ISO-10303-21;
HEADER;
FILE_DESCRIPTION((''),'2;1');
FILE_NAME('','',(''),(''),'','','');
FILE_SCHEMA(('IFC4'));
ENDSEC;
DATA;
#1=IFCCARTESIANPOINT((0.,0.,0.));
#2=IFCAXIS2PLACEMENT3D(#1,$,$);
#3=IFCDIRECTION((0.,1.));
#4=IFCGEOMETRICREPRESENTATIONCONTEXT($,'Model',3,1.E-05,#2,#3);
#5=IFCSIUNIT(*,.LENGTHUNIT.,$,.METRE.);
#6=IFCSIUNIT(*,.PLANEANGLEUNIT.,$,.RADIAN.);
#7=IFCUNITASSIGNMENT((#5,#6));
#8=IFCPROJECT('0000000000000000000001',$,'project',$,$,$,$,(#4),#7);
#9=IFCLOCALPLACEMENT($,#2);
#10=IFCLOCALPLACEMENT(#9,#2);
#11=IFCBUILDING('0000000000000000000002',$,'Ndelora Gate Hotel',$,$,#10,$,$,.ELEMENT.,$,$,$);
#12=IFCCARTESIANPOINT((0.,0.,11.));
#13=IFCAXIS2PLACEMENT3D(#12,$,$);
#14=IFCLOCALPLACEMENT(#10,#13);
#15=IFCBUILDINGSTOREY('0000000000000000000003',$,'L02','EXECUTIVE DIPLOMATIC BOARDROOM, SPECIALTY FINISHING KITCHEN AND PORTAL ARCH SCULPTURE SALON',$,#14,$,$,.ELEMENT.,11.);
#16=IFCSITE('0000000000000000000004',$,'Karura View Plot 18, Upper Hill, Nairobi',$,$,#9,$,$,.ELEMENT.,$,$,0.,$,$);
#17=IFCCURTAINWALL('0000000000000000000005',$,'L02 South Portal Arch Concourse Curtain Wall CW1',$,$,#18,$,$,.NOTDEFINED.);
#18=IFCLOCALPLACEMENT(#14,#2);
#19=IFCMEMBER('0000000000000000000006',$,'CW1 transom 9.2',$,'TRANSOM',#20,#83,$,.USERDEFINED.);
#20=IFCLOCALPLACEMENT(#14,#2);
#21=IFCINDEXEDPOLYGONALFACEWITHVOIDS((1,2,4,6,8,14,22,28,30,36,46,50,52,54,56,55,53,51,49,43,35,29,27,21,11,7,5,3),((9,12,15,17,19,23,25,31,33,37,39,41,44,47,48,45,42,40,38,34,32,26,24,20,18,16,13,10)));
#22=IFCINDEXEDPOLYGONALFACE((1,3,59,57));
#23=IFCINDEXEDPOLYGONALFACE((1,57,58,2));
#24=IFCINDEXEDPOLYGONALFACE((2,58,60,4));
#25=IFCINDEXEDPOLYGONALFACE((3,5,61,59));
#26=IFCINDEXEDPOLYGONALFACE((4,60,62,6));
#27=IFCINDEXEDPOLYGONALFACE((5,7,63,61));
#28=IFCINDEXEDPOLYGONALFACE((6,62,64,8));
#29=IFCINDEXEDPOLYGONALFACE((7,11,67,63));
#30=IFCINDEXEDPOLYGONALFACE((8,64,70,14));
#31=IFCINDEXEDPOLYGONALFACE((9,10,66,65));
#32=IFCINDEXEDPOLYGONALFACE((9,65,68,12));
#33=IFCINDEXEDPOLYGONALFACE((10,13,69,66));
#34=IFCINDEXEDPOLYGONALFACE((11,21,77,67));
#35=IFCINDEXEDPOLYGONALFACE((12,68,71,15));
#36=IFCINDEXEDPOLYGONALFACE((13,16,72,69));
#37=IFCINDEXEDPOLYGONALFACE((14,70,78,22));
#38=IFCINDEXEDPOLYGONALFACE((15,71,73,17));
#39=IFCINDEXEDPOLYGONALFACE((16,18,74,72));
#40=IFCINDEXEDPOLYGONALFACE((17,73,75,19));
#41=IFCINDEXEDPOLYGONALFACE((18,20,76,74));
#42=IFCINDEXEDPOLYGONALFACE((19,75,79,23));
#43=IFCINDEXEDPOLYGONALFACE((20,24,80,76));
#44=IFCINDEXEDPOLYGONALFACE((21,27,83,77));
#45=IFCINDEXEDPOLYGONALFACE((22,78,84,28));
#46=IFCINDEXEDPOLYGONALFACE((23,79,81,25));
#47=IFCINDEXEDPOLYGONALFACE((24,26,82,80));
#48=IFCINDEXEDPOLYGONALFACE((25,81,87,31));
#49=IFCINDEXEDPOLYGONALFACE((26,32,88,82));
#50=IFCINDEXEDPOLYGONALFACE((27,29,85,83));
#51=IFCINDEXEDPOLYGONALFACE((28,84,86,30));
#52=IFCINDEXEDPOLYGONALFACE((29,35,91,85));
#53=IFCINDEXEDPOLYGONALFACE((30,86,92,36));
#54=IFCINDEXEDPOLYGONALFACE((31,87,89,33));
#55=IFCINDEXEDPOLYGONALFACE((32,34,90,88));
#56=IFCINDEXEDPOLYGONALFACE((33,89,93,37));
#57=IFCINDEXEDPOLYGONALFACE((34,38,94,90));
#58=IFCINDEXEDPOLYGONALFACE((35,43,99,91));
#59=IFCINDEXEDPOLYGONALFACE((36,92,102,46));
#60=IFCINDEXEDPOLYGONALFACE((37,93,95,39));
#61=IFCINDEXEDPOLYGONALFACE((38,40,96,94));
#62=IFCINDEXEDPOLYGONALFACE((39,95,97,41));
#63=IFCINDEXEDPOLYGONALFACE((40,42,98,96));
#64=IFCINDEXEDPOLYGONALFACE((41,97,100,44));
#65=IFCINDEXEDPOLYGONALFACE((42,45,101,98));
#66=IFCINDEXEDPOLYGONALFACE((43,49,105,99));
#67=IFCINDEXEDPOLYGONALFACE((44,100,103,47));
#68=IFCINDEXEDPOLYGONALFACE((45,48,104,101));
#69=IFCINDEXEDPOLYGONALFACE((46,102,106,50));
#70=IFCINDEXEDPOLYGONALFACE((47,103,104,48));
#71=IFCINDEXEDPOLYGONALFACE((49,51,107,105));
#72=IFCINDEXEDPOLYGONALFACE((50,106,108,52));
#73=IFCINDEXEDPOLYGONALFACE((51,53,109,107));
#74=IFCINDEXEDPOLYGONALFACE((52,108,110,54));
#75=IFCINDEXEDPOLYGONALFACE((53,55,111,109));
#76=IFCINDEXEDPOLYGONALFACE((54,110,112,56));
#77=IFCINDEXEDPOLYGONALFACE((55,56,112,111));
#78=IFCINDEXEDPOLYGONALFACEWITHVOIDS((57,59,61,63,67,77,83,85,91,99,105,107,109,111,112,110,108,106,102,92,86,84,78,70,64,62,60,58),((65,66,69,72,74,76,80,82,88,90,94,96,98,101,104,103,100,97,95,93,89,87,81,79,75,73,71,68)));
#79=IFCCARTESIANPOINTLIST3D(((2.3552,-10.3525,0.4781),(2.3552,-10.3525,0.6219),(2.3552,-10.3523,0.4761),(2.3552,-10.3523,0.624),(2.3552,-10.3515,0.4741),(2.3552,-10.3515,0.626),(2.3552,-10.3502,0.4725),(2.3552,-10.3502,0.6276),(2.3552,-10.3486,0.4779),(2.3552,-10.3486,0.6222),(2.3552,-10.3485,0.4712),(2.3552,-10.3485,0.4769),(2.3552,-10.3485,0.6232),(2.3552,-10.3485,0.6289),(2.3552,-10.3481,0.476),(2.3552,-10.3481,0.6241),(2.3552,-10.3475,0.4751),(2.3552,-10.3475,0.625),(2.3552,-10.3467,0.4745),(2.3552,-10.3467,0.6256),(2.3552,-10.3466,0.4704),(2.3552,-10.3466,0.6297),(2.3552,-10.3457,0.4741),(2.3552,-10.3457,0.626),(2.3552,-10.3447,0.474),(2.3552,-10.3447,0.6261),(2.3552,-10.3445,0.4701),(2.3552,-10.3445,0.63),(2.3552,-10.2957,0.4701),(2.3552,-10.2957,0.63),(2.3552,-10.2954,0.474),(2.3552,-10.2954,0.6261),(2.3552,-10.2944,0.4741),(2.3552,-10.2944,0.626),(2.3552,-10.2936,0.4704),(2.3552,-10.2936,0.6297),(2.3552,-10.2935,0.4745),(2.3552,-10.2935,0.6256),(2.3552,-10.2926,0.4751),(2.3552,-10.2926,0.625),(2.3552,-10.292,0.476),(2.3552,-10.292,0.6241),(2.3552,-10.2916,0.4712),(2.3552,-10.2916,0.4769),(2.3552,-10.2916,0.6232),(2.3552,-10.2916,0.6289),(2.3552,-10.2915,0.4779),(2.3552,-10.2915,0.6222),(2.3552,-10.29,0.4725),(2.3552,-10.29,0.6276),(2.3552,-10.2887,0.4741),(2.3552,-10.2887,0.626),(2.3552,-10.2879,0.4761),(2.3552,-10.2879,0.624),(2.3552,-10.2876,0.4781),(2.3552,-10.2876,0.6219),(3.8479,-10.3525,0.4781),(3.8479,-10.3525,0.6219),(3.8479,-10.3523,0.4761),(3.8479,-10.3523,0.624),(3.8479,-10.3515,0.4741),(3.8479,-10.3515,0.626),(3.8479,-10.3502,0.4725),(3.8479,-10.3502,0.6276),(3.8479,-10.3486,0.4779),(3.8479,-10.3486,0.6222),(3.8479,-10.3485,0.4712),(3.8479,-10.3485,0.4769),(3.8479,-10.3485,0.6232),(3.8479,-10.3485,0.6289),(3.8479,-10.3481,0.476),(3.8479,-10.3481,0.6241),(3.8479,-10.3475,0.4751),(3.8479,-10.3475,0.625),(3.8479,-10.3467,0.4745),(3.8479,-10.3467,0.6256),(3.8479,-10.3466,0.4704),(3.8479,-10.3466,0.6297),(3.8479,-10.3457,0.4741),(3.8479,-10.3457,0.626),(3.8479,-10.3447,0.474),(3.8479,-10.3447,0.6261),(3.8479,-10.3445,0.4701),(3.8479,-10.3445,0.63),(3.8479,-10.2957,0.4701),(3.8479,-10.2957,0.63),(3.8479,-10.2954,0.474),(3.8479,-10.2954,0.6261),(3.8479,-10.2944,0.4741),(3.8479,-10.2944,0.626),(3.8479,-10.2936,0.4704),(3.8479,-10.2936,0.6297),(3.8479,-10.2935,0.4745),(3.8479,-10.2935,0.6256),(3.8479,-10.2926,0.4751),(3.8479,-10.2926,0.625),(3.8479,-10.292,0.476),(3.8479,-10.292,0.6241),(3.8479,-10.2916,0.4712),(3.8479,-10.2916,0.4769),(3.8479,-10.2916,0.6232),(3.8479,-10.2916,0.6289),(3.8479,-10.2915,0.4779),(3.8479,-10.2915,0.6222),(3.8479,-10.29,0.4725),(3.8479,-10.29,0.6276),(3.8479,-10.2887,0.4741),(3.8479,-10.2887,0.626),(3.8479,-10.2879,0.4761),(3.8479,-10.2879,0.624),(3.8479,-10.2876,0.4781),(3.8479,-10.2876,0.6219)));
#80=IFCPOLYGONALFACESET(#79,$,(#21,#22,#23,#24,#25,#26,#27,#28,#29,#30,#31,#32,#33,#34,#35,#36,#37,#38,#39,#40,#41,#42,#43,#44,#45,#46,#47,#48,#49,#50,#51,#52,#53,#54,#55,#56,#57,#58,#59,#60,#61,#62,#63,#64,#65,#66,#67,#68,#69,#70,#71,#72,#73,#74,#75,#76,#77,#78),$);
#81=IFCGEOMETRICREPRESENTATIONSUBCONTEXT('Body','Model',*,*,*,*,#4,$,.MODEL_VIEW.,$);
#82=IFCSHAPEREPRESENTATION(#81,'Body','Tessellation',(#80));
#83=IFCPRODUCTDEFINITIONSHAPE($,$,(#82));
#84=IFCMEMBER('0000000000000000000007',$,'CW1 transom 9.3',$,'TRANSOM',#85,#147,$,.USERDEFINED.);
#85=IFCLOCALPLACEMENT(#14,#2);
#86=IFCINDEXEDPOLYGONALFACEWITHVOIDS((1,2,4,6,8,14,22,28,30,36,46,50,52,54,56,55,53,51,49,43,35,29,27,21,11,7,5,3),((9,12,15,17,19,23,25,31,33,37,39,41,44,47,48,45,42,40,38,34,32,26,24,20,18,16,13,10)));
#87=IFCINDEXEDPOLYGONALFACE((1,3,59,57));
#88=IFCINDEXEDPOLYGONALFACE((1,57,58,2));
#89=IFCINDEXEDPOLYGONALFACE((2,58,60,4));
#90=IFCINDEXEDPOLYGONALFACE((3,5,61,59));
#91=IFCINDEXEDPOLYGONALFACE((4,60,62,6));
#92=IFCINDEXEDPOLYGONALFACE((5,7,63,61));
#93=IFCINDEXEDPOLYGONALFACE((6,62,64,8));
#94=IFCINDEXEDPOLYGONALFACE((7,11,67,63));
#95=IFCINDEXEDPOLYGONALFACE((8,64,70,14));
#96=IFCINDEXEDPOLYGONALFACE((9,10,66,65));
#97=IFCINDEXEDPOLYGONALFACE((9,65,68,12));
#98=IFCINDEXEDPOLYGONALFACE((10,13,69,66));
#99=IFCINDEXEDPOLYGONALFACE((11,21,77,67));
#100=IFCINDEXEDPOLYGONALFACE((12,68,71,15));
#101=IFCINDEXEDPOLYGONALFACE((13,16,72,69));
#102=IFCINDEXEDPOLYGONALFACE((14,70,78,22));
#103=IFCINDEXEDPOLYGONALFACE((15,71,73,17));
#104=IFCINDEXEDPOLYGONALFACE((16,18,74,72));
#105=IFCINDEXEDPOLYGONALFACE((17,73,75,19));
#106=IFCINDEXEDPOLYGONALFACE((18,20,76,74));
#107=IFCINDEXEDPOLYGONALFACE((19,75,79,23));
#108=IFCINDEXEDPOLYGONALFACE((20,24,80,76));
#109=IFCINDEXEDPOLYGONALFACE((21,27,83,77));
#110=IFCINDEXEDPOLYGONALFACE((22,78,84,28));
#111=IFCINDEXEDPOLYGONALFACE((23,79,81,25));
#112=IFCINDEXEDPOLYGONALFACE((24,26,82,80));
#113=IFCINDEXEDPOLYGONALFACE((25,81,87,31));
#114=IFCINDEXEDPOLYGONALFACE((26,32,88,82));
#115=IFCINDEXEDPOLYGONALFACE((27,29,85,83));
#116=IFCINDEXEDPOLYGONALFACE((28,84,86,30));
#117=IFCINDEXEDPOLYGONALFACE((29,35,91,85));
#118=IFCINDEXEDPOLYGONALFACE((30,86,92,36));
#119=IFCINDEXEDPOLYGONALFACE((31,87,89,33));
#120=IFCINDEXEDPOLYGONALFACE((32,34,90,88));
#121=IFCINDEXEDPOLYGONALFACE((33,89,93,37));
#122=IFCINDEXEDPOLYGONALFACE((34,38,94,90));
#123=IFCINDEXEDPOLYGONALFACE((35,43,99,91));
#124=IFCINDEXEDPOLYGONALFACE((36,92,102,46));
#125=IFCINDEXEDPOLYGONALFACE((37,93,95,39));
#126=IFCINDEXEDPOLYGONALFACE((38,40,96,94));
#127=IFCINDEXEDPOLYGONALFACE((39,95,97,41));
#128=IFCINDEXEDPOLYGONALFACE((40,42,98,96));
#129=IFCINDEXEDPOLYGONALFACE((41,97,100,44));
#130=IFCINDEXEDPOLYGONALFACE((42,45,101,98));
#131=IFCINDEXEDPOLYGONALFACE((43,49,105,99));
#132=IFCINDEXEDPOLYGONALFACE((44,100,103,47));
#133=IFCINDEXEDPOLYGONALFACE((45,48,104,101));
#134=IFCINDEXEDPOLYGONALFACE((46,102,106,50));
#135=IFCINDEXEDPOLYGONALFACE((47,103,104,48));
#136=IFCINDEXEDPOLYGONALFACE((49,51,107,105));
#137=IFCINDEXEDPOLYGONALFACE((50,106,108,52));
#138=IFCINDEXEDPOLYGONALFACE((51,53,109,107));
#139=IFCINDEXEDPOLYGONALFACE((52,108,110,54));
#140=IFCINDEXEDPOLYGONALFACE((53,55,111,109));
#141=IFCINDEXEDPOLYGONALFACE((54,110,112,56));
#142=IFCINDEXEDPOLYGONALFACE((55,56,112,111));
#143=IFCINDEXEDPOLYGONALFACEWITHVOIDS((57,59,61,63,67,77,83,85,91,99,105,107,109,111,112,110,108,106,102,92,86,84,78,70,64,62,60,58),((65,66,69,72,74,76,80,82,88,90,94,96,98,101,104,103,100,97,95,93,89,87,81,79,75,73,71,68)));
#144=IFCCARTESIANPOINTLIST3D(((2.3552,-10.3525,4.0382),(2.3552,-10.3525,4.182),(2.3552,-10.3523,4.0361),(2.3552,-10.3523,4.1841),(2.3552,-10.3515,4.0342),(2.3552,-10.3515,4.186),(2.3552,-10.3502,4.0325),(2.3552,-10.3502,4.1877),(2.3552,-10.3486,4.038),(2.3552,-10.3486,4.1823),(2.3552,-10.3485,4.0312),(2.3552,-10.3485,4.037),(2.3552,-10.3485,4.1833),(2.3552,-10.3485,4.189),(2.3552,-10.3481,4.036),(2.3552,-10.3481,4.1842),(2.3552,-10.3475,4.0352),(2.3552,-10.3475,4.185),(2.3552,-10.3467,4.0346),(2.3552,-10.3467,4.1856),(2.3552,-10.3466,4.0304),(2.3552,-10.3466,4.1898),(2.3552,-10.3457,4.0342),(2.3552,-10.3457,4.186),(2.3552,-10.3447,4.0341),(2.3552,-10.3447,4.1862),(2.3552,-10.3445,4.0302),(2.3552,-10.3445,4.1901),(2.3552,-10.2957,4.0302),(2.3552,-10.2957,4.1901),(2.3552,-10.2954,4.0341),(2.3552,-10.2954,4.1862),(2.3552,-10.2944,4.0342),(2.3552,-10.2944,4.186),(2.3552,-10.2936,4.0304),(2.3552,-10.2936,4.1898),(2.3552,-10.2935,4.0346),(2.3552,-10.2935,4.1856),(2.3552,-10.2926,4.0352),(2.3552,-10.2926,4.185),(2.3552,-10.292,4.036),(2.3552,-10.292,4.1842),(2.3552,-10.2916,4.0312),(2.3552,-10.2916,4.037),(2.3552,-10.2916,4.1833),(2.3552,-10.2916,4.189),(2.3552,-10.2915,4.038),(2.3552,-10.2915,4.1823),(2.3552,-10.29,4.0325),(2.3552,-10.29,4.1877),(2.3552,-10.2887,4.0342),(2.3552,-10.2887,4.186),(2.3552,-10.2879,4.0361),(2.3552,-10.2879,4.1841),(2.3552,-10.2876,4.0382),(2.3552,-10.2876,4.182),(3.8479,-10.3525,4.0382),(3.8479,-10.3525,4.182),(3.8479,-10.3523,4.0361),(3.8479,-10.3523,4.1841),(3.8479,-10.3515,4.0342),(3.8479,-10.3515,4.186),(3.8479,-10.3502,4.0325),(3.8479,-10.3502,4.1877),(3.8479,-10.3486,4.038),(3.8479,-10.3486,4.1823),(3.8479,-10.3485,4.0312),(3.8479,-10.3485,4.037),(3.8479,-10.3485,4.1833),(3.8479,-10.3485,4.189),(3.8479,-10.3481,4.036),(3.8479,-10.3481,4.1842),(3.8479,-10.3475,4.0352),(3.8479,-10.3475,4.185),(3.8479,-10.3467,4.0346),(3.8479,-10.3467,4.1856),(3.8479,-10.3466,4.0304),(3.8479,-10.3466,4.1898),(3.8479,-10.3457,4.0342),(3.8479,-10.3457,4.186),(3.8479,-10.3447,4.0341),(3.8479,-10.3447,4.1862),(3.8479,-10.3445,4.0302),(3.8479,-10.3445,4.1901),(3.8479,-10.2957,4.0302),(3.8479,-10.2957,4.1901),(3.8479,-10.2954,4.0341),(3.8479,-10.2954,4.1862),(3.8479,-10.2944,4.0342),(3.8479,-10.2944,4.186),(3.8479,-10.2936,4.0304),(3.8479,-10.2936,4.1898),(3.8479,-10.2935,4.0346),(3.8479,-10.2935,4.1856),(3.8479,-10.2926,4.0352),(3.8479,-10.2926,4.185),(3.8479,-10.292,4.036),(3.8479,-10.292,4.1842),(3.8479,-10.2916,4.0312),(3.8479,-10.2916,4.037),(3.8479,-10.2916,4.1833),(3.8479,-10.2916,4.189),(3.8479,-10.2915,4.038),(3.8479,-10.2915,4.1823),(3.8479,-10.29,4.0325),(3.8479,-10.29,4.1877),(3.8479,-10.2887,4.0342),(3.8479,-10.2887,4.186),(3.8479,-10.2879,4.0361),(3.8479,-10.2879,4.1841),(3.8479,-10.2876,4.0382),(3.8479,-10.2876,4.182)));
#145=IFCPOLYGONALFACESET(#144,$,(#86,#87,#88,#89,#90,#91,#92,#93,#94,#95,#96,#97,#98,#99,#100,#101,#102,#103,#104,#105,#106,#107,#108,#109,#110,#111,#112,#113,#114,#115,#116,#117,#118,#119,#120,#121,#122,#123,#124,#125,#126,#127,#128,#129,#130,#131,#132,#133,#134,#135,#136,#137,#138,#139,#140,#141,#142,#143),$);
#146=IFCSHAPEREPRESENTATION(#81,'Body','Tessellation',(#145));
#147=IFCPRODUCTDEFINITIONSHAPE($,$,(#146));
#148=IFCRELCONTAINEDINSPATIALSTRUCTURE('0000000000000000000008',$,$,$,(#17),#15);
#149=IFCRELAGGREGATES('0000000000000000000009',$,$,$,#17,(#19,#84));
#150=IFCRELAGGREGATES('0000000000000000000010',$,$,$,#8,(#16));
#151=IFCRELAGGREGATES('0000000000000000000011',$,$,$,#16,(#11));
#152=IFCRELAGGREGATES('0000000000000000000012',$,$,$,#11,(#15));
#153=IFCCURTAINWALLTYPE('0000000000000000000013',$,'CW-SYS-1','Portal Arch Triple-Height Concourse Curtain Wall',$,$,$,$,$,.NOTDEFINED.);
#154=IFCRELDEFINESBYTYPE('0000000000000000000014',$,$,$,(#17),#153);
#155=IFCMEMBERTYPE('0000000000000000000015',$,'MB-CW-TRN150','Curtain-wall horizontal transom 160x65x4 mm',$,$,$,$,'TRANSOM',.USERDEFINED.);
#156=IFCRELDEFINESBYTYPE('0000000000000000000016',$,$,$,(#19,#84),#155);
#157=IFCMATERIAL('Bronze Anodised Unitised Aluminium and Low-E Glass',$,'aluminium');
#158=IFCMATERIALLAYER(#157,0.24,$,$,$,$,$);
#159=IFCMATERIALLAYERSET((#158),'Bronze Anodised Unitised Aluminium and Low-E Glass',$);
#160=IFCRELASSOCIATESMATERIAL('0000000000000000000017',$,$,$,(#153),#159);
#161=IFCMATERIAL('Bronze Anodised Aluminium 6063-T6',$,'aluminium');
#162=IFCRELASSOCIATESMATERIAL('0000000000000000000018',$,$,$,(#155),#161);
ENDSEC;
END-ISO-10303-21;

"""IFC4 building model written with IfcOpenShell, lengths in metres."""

from ifc_helpers import new_model, si_unit, direction, frame, origin, origin_2d, place, context, subcontext, project, spatial, hollow_rectangle, extrude, material, layer, layer_set, material_profile, profile_set, type_object, element, aggregate, save


model = new_model("IFC4")

# Units and contexts
model_context = context("Model", 3, precision=1e-05, world=origin(), true_north=direction((0.0, 1.0)))
body_context = subcontext(model_context, "Body", "Model", "MODEL_VIEW")
ifc_project = project(units=[si_unit("LENGTHUNIT", "METRE"), si_unit("PLANEANGLEUNIT", "RADIAN")], contexts=[model_context])

# Site, building, storey
site_placement = place(None, origin())
site = spatial("IfcSite", under=ifc_project, at=site_placement, Name="Karura View Plot 18, Upper Hill, Nairobi", CompositionType="ELEMENT", RefElevation=0.0)
building_placement = place(site_placement, origin())
building = spatial("IfcBuilding", under=site, at=building_placement, Name="Ndelora Gate Hotel", CompositionType="ELEMENT")
storey_placement = place(building_placement, frame((0.0, 0.0, 11.0)))
storey = spatial("IfcBuildingStorey", under=building, at=storey_placement, Name="L02", Description="EXECUTIVE DIPLOMATIC BOARDROOM, SPECIALTY FINISHING KITCHEN AND PORTAL ARCH SCULPTURE SALON", CompositionType="ELEMENT", Elevation=11.0)

# Curtain wall, members
ifc_material_1 = material(Name="Bronze Anodised Unitised Aluminium and Low-E Glass", Category="aluminium")
ifc_layer_1 = layer(ifc_material_1, 0.24)
ifc_layer_set_1 = layer_set([ifc_layer_1], Name="Bronze Anodised Unitised Aluminium and Low-E Glass")
curtain_wall_type = type_object("IfcCurtainWallType", Name="CW-SYS-1", Description="Portal Arch Triple-Height Concourse Curtain Wall", PredefinedType="NOTDEFINED", material=ifc_layer_set_1)
curtain_wall_placement = place(storey_placement, origin())
curtain_wall = element("IfcCurtainWall", 1, at=curtain_wall_placement, inside=storey, type_object=curtain_wall_type, Name="L02 South Portal Arch Concourse Curtain Wall CW1", PredefinedType="NOTDEFINED")
ifc_material_2 = material(Name="Bronze Anodised Aluminium 6063-T6", Category="aluminium")
ifc_material_profile_1 = material_profile(ifc_material_2, hollow_rectangle(XDim=0.0649, YDim=0.1599, WallThickness=0.0039, InnerFilletRadius=0.0039, OuterFilletRadius=0.0081, at=origin_2d()), Name="ALU 160x65x4")
ifc_profile_set_1 = profile_set([ifc_material_profile_1], Name="Bronze Anodised Aluminium 6063-T6")
member_type_1 = type_object("IfcMemberType", Name="MB-CW-TRN150", Description="Curtain-wall horizontal transom 160x65x4 mm", ElementType="TRANSOM", PredefinedType="USERDEFINED", material=ifc_profile_set_1)
member_1_placement = place(storey_placement, frame((2.3552, -10.3201, 0.55), z_axis=(1.0, 0.0, 0.0), x_axis=(0.0, 1.0, 0.0)))
member_1 = element("IfcMember", 2, at=member_1_placement, type_object=member_type_1, Name="CW1 transom 9.2", ObjectType="TRANSOM", PredefinedType="USERDEFINED", context=body_context, shape_type="SweptSolid", body=[
    extrude(hollow_rectangle(XDim=0.0649, YDim=0.1599, WallThickness=0.0039, InnerFilletRadius=0.0039, OuterFilletRadius=0.0081, at=origin_2d()), origin(), (0.0, 0.0, 1.0), 1.4927),
])
member_2_placement = place(storey_placement, frame((2.3552, -10.3201, 4.1101), z_axis=(1.0, 0.0, 0.0), x_axis=(0.0, 1.0, 0.0)))
member_2 = element("IfcMember", 3, at=member_2_placement, type_object=member_type_1, Name="CW1 transom 9.3", ObjectType="TRANSOM", PredefinedType="USERDEFINED", context=body_context, shape_type="SweptSolid", body=[
    extrude(hollow_rectangle(XDim=0.0649, YDim=0.1599, WallThickness=0.0039, InnerFilletRadius=0.0039, OuterFilletRadius=0.0081, at=origin_2d()), origin(), (0.0, 0.0, 1.0), 1.4927),
])
aggregate(curtain_wall, [member_1, member_2])

save(model, "model.ifc")
